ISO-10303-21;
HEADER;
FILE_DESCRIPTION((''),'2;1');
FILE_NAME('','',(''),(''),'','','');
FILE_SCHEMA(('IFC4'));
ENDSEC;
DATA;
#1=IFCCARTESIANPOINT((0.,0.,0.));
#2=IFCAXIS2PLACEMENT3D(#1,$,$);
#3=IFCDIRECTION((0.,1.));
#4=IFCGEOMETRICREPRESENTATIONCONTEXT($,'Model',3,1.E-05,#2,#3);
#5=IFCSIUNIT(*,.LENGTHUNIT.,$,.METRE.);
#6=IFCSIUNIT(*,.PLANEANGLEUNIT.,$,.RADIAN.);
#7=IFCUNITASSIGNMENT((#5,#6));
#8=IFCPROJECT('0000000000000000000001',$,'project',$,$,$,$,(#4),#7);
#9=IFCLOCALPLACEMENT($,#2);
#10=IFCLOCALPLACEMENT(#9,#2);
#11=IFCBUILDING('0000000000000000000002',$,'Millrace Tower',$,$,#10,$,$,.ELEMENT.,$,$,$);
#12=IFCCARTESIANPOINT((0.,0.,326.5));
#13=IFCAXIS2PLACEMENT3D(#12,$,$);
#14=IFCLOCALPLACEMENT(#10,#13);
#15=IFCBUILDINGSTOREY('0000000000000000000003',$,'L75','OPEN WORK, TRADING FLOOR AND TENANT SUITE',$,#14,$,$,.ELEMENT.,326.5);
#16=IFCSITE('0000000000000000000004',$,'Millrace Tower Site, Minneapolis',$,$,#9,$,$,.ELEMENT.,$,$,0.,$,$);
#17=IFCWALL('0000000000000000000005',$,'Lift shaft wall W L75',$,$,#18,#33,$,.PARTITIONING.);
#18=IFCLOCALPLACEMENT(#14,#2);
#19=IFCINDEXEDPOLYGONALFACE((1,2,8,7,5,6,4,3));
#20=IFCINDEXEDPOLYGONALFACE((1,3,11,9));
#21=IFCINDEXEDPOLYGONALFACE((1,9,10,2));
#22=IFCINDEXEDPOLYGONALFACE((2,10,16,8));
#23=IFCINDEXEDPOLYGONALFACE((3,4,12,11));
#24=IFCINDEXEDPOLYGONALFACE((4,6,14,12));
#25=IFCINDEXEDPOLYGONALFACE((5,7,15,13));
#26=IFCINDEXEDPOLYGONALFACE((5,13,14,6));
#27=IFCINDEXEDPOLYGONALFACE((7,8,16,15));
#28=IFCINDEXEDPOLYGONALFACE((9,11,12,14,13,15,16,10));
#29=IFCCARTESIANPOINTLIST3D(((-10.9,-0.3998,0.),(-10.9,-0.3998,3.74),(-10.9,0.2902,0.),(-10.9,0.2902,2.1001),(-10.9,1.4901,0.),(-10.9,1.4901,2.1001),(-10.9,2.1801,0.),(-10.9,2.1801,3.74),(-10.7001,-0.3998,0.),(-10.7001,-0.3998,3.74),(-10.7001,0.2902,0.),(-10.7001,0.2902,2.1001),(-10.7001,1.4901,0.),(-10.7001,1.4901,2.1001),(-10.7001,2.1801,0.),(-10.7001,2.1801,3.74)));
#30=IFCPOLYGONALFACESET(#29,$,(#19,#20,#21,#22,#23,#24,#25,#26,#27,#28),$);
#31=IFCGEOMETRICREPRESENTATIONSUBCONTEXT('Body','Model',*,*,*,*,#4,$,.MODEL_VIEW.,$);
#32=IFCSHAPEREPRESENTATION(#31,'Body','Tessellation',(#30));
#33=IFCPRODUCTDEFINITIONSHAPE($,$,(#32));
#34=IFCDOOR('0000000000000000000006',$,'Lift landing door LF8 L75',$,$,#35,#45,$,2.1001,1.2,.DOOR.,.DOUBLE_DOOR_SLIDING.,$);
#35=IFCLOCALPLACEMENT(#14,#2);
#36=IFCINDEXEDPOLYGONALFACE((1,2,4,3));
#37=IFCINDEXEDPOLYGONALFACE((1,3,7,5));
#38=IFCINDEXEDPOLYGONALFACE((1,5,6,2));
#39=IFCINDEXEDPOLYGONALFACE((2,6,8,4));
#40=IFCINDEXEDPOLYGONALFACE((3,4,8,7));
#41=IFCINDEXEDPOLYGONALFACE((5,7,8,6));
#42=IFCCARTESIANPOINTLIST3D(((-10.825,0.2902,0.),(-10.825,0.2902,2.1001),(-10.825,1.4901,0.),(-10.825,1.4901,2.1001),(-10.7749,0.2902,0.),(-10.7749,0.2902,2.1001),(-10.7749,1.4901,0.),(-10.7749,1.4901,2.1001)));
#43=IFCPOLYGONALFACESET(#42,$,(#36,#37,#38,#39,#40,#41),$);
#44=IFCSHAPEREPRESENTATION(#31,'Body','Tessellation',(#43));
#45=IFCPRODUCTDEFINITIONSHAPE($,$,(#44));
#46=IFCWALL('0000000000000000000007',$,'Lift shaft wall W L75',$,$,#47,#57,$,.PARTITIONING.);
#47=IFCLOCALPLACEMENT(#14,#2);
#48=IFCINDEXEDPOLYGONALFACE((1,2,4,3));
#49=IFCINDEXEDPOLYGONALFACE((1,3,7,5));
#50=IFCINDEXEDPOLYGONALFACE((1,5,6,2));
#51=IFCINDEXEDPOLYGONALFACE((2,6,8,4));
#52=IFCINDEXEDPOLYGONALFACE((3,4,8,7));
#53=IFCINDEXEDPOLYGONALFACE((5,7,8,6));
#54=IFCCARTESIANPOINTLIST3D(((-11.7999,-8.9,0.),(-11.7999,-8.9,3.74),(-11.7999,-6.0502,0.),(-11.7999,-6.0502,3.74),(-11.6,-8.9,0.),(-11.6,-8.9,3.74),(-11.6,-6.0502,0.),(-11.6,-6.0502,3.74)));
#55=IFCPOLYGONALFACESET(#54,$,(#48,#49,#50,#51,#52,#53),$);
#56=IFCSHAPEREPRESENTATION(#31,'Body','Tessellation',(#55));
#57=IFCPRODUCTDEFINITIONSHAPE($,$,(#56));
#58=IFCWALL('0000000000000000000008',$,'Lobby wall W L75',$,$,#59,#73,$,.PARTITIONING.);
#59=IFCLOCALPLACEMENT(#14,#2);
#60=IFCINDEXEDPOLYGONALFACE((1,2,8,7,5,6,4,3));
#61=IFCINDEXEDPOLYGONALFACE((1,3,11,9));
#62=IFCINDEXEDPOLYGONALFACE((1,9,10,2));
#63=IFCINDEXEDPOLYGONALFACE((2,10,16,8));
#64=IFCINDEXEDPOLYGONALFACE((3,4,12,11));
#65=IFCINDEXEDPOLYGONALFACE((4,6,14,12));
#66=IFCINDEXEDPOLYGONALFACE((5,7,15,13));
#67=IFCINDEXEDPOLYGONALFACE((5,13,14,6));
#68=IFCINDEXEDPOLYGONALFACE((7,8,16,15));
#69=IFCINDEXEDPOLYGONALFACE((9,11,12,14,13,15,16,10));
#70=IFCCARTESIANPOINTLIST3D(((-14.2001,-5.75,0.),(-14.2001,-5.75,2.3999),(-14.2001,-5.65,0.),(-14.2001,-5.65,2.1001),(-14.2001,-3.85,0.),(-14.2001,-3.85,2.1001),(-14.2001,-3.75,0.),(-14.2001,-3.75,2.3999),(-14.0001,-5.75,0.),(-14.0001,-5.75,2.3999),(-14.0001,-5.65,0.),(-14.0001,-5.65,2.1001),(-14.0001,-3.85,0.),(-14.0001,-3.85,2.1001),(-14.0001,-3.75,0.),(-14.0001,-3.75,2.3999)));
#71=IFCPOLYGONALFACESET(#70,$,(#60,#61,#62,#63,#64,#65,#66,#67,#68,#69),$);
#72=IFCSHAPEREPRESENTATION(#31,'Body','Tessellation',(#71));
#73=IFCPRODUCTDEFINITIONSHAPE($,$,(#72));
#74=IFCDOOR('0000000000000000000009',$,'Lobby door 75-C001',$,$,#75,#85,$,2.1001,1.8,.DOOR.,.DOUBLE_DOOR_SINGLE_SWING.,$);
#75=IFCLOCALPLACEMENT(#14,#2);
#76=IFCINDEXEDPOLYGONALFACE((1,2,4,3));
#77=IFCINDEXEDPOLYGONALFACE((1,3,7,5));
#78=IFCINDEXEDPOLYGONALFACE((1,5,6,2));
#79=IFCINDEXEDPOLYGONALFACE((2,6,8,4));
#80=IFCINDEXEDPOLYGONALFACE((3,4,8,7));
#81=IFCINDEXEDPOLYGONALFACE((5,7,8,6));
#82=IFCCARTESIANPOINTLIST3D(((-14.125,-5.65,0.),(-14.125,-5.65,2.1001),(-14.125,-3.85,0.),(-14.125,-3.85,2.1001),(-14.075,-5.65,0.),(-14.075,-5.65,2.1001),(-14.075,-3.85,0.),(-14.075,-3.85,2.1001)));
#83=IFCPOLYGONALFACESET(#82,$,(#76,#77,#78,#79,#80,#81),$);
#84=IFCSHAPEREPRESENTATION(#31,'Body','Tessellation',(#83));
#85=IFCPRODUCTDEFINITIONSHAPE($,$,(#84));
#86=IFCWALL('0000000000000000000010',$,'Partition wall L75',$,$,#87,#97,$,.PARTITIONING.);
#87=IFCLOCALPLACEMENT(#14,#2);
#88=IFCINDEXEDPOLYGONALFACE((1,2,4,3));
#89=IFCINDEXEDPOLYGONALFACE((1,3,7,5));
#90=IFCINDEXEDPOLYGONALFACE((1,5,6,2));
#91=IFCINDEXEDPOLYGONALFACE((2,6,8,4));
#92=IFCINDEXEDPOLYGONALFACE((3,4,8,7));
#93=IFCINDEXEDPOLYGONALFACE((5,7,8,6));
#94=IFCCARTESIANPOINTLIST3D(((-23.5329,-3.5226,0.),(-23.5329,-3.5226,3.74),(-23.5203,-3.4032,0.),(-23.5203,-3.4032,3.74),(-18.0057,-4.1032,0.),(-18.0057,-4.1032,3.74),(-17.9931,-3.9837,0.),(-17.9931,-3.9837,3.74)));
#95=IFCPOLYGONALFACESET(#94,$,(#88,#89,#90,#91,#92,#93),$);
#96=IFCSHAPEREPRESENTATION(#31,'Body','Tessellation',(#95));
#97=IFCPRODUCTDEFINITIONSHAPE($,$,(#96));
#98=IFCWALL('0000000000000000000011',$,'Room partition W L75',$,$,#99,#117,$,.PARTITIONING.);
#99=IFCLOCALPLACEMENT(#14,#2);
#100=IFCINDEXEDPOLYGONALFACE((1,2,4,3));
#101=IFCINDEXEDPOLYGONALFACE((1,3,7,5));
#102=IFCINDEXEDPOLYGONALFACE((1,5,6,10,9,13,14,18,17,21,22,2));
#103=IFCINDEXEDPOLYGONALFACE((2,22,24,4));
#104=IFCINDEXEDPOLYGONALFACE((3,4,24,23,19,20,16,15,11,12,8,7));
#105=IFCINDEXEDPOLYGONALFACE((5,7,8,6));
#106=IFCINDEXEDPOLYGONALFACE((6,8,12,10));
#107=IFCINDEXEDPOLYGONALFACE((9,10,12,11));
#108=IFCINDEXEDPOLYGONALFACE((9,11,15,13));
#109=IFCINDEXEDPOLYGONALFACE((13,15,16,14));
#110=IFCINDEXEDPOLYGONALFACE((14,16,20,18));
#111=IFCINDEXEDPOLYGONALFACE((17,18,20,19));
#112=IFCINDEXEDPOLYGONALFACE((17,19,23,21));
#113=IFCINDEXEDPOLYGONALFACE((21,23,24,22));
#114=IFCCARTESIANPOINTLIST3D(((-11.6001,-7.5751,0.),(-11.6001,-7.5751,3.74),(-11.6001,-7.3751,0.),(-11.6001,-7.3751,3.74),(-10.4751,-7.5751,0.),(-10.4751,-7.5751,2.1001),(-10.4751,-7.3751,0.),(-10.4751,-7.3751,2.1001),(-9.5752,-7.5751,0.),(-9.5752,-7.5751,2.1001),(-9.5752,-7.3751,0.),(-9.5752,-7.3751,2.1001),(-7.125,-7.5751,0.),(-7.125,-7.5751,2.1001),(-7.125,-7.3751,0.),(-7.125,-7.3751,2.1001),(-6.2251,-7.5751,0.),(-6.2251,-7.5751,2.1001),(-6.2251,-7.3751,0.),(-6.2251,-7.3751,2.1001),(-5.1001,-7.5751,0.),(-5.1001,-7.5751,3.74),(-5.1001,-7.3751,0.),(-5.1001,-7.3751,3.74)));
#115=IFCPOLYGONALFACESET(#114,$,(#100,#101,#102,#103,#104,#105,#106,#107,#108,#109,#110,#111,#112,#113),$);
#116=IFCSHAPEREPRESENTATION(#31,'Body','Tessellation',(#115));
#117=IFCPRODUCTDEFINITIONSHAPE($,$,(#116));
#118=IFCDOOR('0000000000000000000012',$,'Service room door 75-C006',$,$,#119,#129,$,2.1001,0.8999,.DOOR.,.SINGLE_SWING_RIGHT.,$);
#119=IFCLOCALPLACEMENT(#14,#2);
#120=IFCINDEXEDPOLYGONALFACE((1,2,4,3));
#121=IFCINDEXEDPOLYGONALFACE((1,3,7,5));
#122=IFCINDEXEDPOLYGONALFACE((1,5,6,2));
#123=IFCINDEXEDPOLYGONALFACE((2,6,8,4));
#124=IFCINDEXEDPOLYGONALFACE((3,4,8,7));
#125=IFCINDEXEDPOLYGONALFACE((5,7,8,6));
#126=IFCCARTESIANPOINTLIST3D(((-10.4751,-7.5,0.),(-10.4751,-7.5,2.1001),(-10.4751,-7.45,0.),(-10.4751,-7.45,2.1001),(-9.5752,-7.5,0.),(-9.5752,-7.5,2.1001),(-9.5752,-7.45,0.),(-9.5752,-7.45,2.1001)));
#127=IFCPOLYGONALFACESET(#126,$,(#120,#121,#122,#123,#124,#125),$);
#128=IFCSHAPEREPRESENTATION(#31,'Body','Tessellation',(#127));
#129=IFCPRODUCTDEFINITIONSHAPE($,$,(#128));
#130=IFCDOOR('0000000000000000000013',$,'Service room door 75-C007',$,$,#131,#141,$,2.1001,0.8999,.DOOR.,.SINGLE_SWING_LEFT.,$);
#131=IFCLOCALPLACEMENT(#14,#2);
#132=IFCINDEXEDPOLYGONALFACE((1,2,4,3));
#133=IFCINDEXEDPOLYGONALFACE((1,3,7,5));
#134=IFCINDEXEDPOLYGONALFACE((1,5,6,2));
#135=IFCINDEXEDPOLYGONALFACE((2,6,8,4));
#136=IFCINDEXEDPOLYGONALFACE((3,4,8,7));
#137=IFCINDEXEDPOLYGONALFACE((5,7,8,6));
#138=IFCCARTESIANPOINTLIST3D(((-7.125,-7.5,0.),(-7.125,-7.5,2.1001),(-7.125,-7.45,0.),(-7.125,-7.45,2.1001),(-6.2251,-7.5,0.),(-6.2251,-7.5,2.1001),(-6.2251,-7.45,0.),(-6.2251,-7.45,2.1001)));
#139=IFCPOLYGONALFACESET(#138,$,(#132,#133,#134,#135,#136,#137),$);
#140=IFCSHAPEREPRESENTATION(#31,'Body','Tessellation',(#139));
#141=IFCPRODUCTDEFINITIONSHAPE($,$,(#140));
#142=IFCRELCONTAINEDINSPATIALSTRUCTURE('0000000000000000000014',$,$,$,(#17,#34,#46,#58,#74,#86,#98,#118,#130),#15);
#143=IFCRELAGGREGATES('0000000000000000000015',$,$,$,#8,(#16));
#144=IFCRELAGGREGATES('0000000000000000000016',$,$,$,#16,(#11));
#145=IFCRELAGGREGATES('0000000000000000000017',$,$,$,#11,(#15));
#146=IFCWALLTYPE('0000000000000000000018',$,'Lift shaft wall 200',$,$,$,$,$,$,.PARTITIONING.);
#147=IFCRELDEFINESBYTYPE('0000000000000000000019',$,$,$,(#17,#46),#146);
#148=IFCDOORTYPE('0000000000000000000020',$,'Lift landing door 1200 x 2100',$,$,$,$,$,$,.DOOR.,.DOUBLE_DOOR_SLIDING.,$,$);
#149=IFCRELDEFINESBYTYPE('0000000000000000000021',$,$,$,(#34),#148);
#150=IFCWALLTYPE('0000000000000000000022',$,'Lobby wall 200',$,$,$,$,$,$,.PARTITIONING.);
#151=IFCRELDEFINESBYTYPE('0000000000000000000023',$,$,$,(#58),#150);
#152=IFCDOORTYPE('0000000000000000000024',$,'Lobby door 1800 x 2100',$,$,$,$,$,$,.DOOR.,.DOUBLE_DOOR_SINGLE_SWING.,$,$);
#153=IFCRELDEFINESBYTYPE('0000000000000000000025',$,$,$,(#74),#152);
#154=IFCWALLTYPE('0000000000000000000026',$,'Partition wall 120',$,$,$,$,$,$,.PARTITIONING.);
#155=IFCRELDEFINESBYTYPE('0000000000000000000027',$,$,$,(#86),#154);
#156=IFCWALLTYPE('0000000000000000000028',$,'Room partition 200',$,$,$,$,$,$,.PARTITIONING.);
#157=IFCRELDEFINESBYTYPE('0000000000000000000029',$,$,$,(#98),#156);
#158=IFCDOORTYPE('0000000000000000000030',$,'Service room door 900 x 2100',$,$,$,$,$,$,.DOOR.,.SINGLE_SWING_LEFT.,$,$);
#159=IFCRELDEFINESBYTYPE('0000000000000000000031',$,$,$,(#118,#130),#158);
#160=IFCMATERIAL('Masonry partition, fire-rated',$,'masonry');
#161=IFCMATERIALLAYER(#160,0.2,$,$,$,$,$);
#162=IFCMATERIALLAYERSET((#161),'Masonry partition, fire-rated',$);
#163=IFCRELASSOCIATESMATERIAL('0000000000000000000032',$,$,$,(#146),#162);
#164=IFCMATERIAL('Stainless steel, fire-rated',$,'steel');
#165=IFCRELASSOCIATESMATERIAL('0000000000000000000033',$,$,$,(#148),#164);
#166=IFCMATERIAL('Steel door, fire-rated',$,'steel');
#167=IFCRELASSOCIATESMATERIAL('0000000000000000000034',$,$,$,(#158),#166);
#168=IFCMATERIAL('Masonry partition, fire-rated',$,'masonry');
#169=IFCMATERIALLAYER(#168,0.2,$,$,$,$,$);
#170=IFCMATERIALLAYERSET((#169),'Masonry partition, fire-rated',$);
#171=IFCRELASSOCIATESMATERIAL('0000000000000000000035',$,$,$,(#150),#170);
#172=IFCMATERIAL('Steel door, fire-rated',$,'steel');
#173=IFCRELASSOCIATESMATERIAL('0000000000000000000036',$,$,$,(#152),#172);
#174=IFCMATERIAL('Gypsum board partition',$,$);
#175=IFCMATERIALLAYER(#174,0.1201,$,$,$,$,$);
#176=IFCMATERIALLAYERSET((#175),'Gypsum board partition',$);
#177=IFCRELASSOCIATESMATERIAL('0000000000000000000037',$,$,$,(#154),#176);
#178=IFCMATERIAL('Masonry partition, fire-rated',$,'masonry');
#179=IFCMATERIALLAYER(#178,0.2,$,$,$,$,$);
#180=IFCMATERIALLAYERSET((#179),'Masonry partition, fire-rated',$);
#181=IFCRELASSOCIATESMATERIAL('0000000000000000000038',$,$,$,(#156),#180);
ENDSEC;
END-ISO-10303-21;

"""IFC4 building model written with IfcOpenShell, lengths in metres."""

from ifc_helpers import new_model, si_unit, direction, frame, frame_2d, origin, place, context, subcontext, project, spatial, rectangle, extrude, material, layer, layer_set, type_object, element, fill, save


model = new_model("IFC4")

# Units and contexts
model_context = context("Model", 3, precision=1e-05, world=origin(), true_north=direction((0.0, 1.0)))
body_context = subcontext(model_context, "Body", "Model", "MODEL_VIEW")
ifc_project = project(units=[si_unit("LENGTHUNIT", "METRE"), si_unit("PLANEANGLEUNIT", "RADIAN")], contexts=[model_context])

# Site, building, storey
site_placement = place(None, origin())
site = spatial("IfcSite", under=ifc_project, at=site_placement, Name="Millrace Tower Site, Minneapolis", CompositionType="ELEMENT", RefElevation=0.0)
building_placement = place(site_placement, origin())
building = spatial("IfcBuilding", under=site, at=building_placement, Name="Millrace Tower", CompositionType="ELEMENT")
storey_placement = place(building_placement, frame((0.0, 0.0, 326.5)))
storey = spatial("IfcBuildingStorey", under=building, at=storey_placement, Name="L75", Description="OPEN WORK, TRADING FLOOR AND TENANT SUITE", CompositionType="ELEMENT", Elevation=326.5)

# Shared definitions
ifc_material_1 = material(Name="Masonry partition, fire-rated", Category="masonry")
ifc_layer_1 = layer(ifc_material_1, 0.2)
ifc_layer_set_1 = layer_set([ifc_layer_1], Name="Masonry partition, fire-rated")
wall_type_1 = type_object("IfcWallType", Name="Lift shaft wall 200", PredefinedType="PARTITIONING", material=ifc_layer_set_1)
ifc_material_2 = material(Name="Stainless steel, fire-rated", Category="steel")
door_type_1 = type_object("IfcDoorType", Name="Lift landing door 1200 x 2100", OperationType="DOUBLE_DOOR_SLIDING", PredefinedType="DOOR", material=ifc_material_2)
ifc_material_3 = material(Name="Steel door, fire-rated", Category="steel")
door_type_2 = type_object("IfcDoorType", Name="Service room door 900 x 2100", OperationType="SINGLE_SWING_LEFT", PredefinedType="DOOR", material=ifc_material_3)

# Wall, opening, door
wall_1_placement = place(storey_placement, frame((-10.8, -0.3999, 0.0), z_axis=(0.0, 0.0, 1.0), x_axis=(0.0, 1.0, 0.0)))
wall_1 = element("IfcWall", 1, at=wall_1_placement, inside=storey, type_object=wall_type_1, Name="Lift shaft wall W L75", PredefinedType="PARTITIONING", context=body_context, shape_type="SweptSolid", body=[
    extrude(rectangle(XDim=2.5798, YDim=0.2, at=frame_2d((1.29, 0.0))), origin(), (0.0, 0.0, 1.0), 3.74),
])
opening_1_placement = place(wall_1_placement, frame((0.6899, 0.0, 0.0)))
opening_1 = element("IfcOpeningElement", 2, at=opening_1_placement, cuts=wall_1, PredefinedType="OPENING", context=body_context, shape_type="SweptSolid", body=[
    extrude(rectangle(XDim=1.2, YDim=2.1001, at=frame_2d((0.6001, 1.05))), frame((0.0, 0.1099, 0.0), z_axis=(0.0, -1.0, 0.0), x_axis=(1.0, 0.0, 0.0)), (0.0, 0.0, 1.0), 0.22),
])
door_1_placement = place(opening_1_placement, origin())
door_1 = element("IfcDoor", 3, at=door_1_placement, inside=storey, type_object=door_type_1, Name="Lift landing door LF8 L75", OperationType="DOUBLE_DOOR_SLIDING", OverallHeight=2.1001, OverallWidth=1.2, PredefinedType="DOOR", context=body_context, shape_type="SweptSolid", body=[
    extrude(rectangle(XDim=1.2, YDim=2.1001, at=frame_2d((0.6001, 1.05))), frame((0.0, 0.0249, 0.0), z_axis=(0.0, -1.0, 0.0), x_axis=(1.0, 0.0, 0.0)), (0.0, 0.0, 1.0), 0.05),
])
fill(opening_1, door_1)

# Wall
wall_2_placement = place(storey_placement, frame((-11.7, -8.8999, 0.0), z_axis=(0.0, 0.0, 1.0), x_axis=(0.0, 1.0, 0.0)))
element("IfcWall", 4, at=wall_2_placement, inside=storey, type_object=wall_type_1, Name="Lift shaft wall W L75", PredefinedType="PARTITIONING", context=body_context, shape_type="SweptSolid", body=[
    extrude(rectangle(XDim=2.8499, YDim=0.2, at=frame_2d((1.4248, 0.0))), origin(), (0.0, 0.0, 1.0), 3.74),
])

# Wall, opening, door
ifc_material_4 = material(Name="Masonry partition, fire-rated", Category="masonry")
ifc_layer_2 = layer(ifc_material_4, 0.2)
ifc_layer_set_2 = layer_set([ifc_layer_2], Name="Masonry partition, fire-rated")
wall_type_2 = type_object("IfcWallType", Name="Lobby wall 200", PredefinedType="PARTITIONING", material=ifc_layer_set_2)
wall_3_placement = place(storey_placement, frame((-14.1001, -5.75, 0.0), z_axis=(0.0, 0.0, 1.0), x_axis=(0.0, 1.0, 0.0)))
wall_3 = element("IfcWall", 5, at=wall_3_placement, inside=storey, type_object=wall_type_2, Name="Lobby wall W L75", PredefinedType="PARTITIONING", context=body_context, shape_type="SweptSolid", body=[
    extrude(rectangle(XDim=2.0, YDim=0.2, at=frame_2d((1.0, 0.0))), origin(), (0.0, 0.0, 1.0), 2.3999),
])
opening_2_placement = place(wall_3_placement, frame((0.1001, 0.0, 0.0)))
opening_2 = element("IfcOpeningElement", 6, at=opening_2_placement, cuts=wall_3, PredefinedType="OPENING", context=body_context, shape_type="SweptSolid", body=[
    extrude(rectangle(XDim=1.8, YDim=2.1001, at=frame_2d((0.8999, 1.05))), frame((0.0, 0.1099, 0.0), z_axis=(0.0, -1.0, 0.0), x_axis=(1.0, 0.0, 0.0)), (0.0, 0.0, 1.0), 0.22),
])
ifc_material_5 = material(Name="Steel door, fire-rated", Category="steel")
door_type_3 = type_object("IfcDoorType", Name="Lobby door 1800 x 2100", OperationType="DOUBLE_DOOR_SINGLE_SWING", PredefinedType="DOOR", material=ifc_material_5)
door_2_placement = place(opening_2_placement, origin())
door_2 = element("IfcDoor", 7, at=door_2_placement, inside=storey, type_object=door_type_3, Name="Lobby door 75-C001", OperationType="DOUBLE_DOOR_SINGLE_SWING", OverallHeight=2.1001, OverallWidth=1.8, PredefinedType="DOOR", context=body_context, shape_type="SweptSolid", body=[
    extrude(rectangle(XDim=1.8, YDim=2.1001, at=frame_2d((0.8999, 1.05))), frame((0.0, 0.0249, 0.0), z_axis=(0.0, -1.0, 0.0), x_axis=(1.0, 0.0, 0.0)), (0.0, 0.0, 1.0), 0.05),
])
fill(opening_2, door_2)

# Wall
ifc_material_6 = material(Name="Gypsum board partition")
ifc_layer_3 = layer(ifc_material_6, 0.1201)
ifc_layer_set_3 = layer_set([ifc_layer_3], Name="Gypsum board partition")
wall_type_3 = type_object("IfcWallType", Name="Partition wall 120", PredefinedType="PARTITIONING", material=ifc_layer_set_3)
wall_4_placement = place(storey_placement, frame((-23.5266, -3.4629, 0.0), z_axis=(0.0, 0.0, 1.0), x_axis=(0.994529, -0.104465, 0.0)))
element("IfcWall", 8, at=wall_4_placement, inside=storey, type_object=wall_type_3, Name="Partition wall L75", PredefinedType="PARTITIONING", context=body_context, shape_type="SweptSolid", body=[
    extrude(rectangle(XDim=5.5576, YDim=0.1201, at=frame_2d((2.7788, 0.0))), origin(), (0.0, 0.0, 1.0), 3.74),
])

# Wall, openings, doors
ifc_material_7 = material(Name="Masonry partition, fire-rated", Category="masonry")
ifc_layer_4 = layer(ifc_material_7, 0.2)
ifc_layer_set_4 = layer_set([ifc_layer_4], Name="Masonry partition, fire-rated")
wall_type_4 = type_object("IfcWallType", Name="Room partition 200", PredefinedType="PARTITIONING", material=ifc_layer_set_4)
wall_5_placement = place(storey_placement, frame((-11.6001, -7.4751, 0.0), z_axis=(0.0, 0.0, 1.0), x_axis=(1.0, 0.0, 0.0)))
wall_5 = element("IfcWall", 9, at=wall_5_placement, inside=storey, type_object=wall_type_4, Name="Room partition W L75", PredefinedType="PARTITIONING", context=body_context, shape_type="SweptSolid", body=[
    extrude(rectangle(XDim=6.5, YDim=0.2, at=frame_2d((3.25, 0.0))), origin(), (0.0, 0.0, 1.0), 3.74),
])
opening_3_placement = place(wall_5_placement, frame((1.125, 0.0, 0.0)))
opening_3 = element("IfcOpeningElement", 10, at=opening_3_placement, cuts=wall_5, PredefinedType="OPENING", context=body_context, shape_type="SweptSolid", body=[
    extrude(rectangle(XDim=0.8999, YDim=2.1001, at=frame_2d((0.45, 1.05))), frame((0.0, 0.1099, 0.0), z_axis=(0.0, -1.0, 0.0), x_axis=(1.0, 0.0, 0.0)), (0.0, 0.0, 1.0), 0.22),
])
opening_4_placement = place(wall_5_placement, frame((4.4751, 0.0, 0.0)))
opening_4 = element("IfcOpeningElement", 11, at=opening_4_placement, cuts=wall_5, PredefinedType="OPENING", context=body_context, shape_type="SweptSolid", body=[
    extrude(rectangle(XDim=0.8999, YDim=2.1001, at=frame_2d((0.45, 1.05))), frame((0.0, 0.1099, 0.0), z_axis=(0.0, -1.0, 0.0), x_axis=(1.0, 0.0, 0.0)), (0.0, 0.0, 1.0), 0.22),
])
door_3_placement = place(opening_3_placement, frame((0.8999, 0.0, 0.0), z_axis=(0.0, 0.0, 1.0), x_axis=(-1.0, 0.0, 0.0)))
door_3 = element("IfcDoor", 12, at=door_3_placement, inside=storey, type_object=door_type_2, Name="Service room door 75-C006", OperationType="SINGLE_SWING_RIGHT", OverallHeight=2.1001, OverallWidth=0.8999, PredefinedType="DOOR", context=body_context, shape_type="SweptSolid", body=[
    extrude(rectangle(XDim=0.8999, YDim=2.1001, at=frame_2d((0.45, 1.05))), frame((0.0, 0.0249, 0.0), z_axis=(0.0, -1.0, 0.0), x_axis=(1.0, 0.0, 0.0)), (0.0, 0.0, 1.0), 0.05),
])
fill(opening_3, door_3)
door_4_placement = place(opening_4_placement, frame((0.8999, 0.0, 0.0), z_axis=(0.0, 0.0, 1.0), x_axis=(-1.0, 0.0, 0.0)))
door_4 = element("IfcDoor", 13, at=door_4_placement, inside=storey, type_object=door_type_2, Name="Service room door 75-C007", OperationType="SINGLE_SWING_LEFT", OverallHeight=2.1001, OverallWidth=0.8999, PredefinedType="DOOR", context=body_context, shape_type="SweptSolid", body=[
    extrude(rectangle(XDim=0.8999, YDim=2.1001, at=frame_2d((0.45, 1.05))), frame((0.0, 0.0249, 0.0), z_axis=(0.0, -1.0, 0.0), x_axis=(1.0, 0.0, 0.0)), (0.0, 0.0, 1.0), 0.05),
])
fill(opening_4, door_4)

save(model, "model.ifc")
